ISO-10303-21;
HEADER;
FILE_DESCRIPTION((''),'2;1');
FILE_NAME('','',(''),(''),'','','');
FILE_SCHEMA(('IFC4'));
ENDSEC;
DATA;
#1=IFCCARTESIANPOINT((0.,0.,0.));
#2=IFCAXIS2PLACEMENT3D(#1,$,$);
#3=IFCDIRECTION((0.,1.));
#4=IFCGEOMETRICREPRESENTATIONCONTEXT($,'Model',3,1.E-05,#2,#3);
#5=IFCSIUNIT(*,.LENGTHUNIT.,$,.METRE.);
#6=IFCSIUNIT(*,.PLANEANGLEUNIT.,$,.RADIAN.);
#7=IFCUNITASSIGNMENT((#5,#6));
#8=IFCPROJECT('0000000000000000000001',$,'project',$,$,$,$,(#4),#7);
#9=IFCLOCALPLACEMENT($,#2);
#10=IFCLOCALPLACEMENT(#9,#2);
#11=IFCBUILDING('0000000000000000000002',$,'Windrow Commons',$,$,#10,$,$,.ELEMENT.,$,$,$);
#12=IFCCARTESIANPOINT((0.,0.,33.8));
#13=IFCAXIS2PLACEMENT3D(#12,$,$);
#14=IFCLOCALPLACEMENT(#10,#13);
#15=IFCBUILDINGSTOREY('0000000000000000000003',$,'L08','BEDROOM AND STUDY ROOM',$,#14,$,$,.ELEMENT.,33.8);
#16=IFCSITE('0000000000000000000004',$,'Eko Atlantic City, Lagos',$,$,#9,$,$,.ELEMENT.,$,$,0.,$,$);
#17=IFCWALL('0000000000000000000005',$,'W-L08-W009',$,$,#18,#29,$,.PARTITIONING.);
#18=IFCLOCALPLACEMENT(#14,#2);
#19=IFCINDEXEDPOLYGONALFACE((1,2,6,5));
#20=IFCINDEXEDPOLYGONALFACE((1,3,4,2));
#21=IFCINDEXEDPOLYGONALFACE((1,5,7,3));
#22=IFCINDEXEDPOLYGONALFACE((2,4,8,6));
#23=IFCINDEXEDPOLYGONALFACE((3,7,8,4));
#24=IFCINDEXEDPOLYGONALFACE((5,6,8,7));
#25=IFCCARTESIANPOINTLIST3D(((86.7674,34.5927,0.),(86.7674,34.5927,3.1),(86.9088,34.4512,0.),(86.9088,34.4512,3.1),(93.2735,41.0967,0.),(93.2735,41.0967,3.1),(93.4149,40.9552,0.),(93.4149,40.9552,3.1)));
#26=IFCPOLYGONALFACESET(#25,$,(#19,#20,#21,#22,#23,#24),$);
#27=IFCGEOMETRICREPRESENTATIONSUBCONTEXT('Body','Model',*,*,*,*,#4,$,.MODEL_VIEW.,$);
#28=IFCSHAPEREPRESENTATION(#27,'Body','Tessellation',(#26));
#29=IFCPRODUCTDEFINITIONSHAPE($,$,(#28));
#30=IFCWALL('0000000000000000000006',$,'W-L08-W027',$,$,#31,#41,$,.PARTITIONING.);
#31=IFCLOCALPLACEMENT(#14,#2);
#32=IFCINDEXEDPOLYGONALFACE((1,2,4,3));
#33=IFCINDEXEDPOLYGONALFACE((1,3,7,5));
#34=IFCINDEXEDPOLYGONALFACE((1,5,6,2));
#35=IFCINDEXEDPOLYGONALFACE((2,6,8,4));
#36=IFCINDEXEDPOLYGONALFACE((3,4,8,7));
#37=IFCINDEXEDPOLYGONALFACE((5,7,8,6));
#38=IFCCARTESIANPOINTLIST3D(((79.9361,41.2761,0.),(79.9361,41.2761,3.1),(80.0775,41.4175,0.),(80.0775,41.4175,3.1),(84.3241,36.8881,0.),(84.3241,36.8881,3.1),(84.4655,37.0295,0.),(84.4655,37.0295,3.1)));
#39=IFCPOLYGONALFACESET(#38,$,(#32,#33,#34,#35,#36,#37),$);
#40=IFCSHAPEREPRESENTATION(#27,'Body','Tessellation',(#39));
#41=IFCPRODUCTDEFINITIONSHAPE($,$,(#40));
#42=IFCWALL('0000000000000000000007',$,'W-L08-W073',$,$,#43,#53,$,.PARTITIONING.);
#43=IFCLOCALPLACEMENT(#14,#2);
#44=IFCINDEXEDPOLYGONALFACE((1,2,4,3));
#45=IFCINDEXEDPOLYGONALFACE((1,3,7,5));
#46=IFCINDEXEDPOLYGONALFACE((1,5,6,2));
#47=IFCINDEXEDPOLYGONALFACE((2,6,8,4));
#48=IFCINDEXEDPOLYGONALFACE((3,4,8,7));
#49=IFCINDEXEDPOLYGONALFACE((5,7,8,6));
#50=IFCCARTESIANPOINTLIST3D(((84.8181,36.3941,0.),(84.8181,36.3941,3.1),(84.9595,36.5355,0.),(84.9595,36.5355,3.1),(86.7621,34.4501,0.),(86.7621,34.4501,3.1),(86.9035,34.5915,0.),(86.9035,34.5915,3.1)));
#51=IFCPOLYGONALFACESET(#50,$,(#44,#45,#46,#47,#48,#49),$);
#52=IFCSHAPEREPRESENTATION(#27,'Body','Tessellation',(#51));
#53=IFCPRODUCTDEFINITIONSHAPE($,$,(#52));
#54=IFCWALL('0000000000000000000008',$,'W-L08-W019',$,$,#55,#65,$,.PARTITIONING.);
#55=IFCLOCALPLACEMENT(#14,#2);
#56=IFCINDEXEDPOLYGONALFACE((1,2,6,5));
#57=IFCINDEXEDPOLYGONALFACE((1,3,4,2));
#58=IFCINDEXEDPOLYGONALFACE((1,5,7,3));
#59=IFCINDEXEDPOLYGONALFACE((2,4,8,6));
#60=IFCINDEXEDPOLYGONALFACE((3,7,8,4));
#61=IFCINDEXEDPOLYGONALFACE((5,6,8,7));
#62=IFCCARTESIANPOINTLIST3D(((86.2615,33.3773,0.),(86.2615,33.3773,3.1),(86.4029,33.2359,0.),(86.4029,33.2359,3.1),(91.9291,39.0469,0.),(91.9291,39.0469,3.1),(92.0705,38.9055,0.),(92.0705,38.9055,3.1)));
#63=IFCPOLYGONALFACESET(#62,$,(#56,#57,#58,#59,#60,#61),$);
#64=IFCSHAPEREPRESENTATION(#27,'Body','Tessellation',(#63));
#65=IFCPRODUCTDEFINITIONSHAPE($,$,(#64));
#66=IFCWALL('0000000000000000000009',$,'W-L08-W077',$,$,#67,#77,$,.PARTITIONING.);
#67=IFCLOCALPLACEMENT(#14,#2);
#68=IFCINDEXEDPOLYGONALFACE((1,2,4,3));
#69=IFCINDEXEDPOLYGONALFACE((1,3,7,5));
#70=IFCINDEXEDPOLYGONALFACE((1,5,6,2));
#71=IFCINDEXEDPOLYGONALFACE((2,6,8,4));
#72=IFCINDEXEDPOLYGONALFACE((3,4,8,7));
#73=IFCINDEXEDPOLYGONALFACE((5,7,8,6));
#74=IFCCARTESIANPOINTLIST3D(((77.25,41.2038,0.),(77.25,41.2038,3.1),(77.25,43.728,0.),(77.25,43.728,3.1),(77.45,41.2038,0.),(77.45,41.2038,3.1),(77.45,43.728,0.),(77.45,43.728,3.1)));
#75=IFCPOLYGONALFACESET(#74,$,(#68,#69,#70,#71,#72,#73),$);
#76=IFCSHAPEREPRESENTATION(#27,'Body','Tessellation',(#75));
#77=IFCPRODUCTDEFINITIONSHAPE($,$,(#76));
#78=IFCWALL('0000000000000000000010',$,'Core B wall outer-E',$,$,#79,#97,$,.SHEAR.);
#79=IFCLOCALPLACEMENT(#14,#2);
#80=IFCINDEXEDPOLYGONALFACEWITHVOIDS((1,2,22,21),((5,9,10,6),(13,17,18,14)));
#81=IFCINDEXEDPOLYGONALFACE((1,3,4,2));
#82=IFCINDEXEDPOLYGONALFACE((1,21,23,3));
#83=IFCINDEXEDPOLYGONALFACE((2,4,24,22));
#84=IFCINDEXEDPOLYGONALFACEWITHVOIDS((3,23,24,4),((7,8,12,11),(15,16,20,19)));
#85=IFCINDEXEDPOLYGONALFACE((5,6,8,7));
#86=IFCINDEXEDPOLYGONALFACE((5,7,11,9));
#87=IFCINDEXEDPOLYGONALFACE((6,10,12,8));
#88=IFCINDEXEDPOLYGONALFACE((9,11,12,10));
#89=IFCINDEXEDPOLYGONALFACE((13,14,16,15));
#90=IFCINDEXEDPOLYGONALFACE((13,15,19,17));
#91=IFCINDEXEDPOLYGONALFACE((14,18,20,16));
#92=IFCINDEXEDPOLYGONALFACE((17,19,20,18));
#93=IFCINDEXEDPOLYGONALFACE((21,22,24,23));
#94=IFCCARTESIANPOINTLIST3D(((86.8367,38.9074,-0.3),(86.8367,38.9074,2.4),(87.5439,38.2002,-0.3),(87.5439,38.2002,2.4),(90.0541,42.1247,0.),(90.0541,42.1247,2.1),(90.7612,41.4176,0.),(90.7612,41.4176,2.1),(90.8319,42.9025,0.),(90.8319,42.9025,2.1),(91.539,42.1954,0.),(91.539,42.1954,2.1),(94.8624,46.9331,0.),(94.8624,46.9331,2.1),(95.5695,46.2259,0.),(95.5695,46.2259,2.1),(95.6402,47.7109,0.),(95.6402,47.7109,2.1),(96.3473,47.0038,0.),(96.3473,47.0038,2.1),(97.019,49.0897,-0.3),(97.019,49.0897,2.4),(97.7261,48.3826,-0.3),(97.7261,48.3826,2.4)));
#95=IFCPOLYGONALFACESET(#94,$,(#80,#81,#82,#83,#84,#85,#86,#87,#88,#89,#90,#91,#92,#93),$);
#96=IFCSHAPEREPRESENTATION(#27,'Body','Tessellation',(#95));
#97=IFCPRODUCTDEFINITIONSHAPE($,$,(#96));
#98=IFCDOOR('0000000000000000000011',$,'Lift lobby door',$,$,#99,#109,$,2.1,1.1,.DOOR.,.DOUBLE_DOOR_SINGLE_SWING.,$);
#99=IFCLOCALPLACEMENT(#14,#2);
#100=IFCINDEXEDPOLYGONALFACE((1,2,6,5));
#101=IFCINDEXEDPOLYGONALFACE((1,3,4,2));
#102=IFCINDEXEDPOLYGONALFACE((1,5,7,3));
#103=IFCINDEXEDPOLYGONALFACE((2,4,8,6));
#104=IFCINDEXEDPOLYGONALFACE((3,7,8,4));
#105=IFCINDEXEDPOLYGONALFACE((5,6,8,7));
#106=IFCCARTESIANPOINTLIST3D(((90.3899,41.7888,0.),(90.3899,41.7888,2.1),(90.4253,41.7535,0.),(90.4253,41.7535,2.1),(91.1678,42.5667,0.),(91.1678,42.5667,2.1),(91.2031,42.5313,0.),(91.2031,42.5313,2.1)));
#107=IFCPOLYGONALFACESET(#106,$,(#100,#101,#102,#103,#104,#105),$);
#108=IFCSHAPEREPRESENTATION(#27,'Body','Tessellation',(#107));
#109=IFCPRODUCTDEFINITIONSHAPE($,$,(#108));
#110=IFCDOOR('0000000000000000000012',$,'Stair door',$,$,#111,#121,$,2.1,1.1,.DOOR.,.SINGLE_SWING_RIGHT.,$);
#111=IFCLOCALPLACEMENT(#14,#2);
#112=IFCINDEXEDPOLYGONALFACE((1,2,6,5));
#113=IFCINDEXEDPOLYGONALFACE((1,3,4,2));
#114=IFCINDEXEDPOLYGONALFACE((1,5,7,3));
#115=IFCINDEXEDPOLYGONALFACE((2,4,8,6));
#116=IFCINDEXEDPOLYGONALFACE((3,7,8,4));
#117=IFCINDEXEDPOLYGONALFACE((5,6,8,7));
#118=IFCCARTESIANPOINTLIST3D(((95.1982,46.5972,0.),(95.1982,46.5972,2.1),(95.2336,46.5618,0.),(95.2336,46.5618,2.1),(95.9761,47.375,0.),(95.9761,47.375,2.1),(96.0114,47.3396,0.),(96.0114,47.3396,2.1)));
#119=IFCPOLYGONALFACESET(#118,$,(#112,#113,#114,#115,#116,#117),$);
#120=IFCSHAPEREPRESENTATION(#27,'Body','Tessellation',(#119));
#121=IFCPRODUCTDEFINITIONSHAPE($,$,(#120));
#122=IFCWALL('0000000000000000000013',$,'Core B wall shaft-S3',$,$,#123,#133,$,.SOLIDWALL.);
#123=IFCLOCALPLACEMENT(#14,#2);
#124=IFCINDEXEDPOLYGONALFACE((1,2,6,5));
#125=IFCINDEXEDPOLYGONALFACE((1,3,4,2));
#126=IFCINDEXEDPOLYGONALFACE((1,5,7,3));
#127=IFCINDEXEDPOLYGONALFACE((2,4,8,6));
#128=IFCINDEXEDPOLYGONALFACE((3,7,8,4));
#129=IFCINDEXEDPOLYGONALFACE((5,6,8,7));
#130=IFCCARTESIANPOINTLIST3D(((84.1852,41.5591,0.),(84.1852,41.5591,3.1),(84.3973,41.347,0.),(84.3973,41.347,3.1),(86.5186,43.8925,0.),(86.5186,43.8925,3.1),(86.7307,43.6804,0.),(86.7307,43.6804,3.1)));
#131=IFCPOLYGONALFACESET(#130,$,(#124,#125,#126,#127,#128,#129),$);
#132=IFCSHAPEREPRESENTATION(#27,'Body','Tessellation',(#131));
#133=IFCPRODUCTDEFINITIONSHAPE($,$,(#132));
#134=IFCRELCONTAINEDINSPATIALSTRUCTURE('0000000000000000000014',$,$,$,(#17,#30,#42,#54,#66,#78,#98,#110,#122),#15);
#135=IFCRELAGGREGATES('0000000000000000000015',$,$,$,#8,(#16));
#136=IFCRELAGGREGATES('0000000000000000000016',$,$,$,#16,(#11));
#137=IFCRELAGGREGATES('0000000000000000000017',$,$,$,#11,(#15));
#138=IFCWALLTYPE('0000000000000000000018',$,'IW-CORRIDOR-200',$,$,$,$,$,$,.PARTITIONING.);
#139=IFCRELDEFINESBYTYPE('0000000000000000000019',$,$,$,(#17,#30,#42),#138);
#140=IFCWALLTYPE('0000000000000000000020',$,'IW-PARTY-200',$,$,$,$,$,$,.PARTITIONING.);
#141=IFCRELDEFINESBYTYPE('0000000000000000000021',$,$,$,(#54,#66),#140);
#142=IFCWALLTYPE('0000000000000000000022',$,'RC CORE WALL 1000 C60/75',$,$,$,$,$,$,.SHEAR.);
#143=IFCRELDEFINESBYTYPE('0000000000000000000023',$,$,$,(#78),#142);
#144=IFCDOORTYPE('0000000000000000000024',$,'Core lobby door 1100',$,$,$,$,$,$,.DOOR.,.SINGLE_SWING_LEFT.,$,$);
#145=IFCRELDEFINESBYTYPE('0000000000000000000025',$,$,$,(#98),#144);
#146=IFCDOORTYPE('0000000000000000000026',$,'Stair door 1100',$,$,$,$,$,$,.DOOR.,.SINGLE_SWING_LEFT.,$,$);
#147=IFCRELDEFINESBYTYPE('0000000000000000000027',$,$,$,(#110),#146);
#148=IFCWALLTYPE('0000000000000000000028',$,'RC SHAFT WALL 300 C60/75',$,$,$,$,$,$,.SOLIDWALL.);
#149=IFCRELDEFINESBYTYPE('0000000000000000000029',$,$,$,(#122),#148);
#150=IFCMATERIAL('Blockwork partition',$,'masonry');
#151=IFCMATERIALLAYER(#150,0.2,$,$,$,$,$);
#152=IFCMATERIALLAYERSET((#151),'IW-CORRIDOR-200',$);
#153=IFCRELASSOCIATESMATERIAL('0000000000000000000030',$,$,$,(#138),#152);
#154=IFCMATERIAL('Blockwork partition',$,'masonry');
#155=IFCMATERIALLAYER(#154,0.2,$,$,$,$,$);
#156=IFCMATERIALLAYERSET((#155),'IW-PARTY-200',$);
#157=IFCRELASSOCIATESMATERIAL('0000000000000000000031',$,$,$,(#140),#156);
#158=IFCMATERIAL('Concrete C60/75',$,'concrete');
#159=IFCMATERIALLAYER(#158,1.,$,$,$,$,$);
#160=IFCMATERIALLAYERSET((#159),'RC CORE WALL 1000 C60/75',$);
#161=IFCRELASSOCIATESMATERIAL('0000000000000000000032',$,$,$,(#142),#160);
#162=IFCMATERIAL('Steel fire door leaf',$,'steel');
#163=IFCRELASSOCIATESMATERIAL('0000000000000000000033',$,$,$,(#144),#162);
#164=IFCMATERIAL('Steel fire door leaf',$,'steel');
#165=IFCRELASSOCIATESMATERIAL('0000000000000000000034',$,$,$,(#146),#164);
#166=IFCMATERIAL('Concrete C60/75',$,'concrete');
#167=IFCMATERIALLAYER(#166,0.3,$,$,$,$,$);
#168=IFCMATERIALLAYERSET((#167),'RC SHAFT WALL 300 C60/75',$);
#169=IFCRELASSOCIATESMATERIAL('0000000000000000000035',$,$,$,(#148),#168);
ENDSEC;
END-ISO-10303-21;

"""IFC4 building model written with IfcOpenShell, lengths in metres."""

from ifc_helpers import new_model, si_unit, direction, frame, frame_2d, origin, place, context, subcontext, project, spatial, rectangle, extrude, material, layer, layer_set, type_object, element, fill, save


model = new_model("IFC4")

# Units and contexts
model_context = context("Model", 3, precision=1e-05, world=origin(), true_north=direction((0.0, 1.0)))
body_context = subcontext(model_context, "Body", "Model", "MODEL_VIEW")
ifc_project = project(units=[si_unit("LENGTHUNIT", "METRE"), si_unit("PLANEANGLEUNIT", "RADIAN")], contexts=[model_context])

# Site, building, storey
site_placement = place(None, origin())
site = spatial("IfcSite", under=ifc_project, at=site_placement, Name="Eko Atlantic City, Lagos", CompositionType="ELEMENT", RefElevation=0.0)
building_placement = place(site_placement, origin())
building = spatial("IfcBuilding", under=site, at=building_placement, Name="Windrow Commons", CompositionType="ELEMENT")
storey_placement = place(building_placement, frame((0.0, 0.0, 33.8)))
storey = spatial("IfcBuildingStorey", under=building, at=storey_placement, Name="L08", Description="BEDROOM AND STUDY ROOM", CompositionType="ELEMENT", Elevation=33.8)

# Walls
ifc_material_1 = material(Name="Blockwork partition", Category="masonry")
ifc_layer_1 = layer(ifc_material_1, 0.2)
ifc_layer_set_1 = layer_set([ifc_layer_1], Name="IW-CORRIDOR-200")
wall_type_1 = type_object("IfcWallType", Name="IW-CORRIDOR-200", PredefinedType="PARTITIONING", material=ifc_layer_set_1)
wall_1_placement = place(storey_placement, frame((86.8381, 34.5219, 0.0), z_axis=(0.0, 0.0, 1.0), x_axis=(0.707215, 0.706998, 0.0)))
element("IfcWall", 1, at=wall_1_placement, inside=storey, type_object=wall_type_1, Name="W-L08-W009", PredefinedType="PARTITIONING", context=body_context, shape_type="SweptSolid", body=[
    extrude(rectangle(XDim=9.1995, YDim=0.2, at=frame_2d((4.5998, 0.0))), origin(), (0.0, 0.0, 1.0), 3.1),
])
wall_2_placement = place(storey_placement, frame((80.0068, 41.3468, 0.0), z_axis=(0.0, 0.0, 1.0), x_axis=(0.707107, -0.707107, 0.0)))
element("IfcWall", 2, at=wall_2_placement, inside=storey, type_object=wall_type_1, Name="W-L08-W027", PredefinedType="PARTITIONING", context=body_context, shape_type="SweptSolid", body=[
    extrude(rectangle(XDim=6.2056, YDim=0.2, at=frame_2d((3.1028, 0.0))), origin(), (0.0, 0.0, 1.0), 3.1),
])
wall_3_placement = place(storey_placement, frame((84.8888, 36.4648, 0.0), z_axis=(0.0, 0.0, 1.0), x_axis=(0.707107, -0.707107, 0.0)))
element("IfcWall", 3, at=wall_3_placement, inside=storey, type_object=wall_type_1, Name="W-L08-W073", PredefinedType="PARTITIONING", context=body_context, shape_type="SweptSolid", body=[
    extrude(rectangle(XDim=2.7492, YDim=0.2, at=frame_2d((1.3746, 0.0))), origin(), (0.0, 0.0, 1.0), 3.1),
])
ifc_material_2 = material(Name="Blockwork partition", Category="masonry")
ifc_layer_2 = layer(ifc_material_2, 0.2)
ifc_layer_set_2 = layer_set([ifc_layer_2], Name="IW-PARTY-200")
wall_type_2 = type_object("IfcWallType", Name="IW-PARTY-200", PredefinedType="PARTITIONING", material=ifc_layer_set_2)
wall_4_placement = place(storey_placement, frame((86.3322, 33.3066, 0.0), z_axis=(0.0, 0.0, 1.0), x_axis=(0.706982, 0.707232, 0.0)))
element("IfcWall", 4, at=wall_4_placement, inside=storey, type_object=wall_type_2, Name="W-L08-W019", PredefinedType="PARTITIONING", context=body_context, shape_type="SweptSolid", body=[
    extrude(rectangle(XDim=8.0166, YDim=0.2, at=frame_2d((4.0083, 0.0))), origin(), (0.0, 0.0, 1.0), 3.1),
])
wall_5_placement = place(storey_placement, frame((77.35, 41.2037, 0.0), z_axis=(0.0, 0.0, 1.0), x_axis=(0.0, 1.0, 0.0)))
element("IfcWall", 5, at=wall_5_placement, inside=storey, type_object=wall_type_2, Name="W-L08-W077", PredefinedType="PARTITIONING", context=body_context, shape_type="SweptSolid", body=[
    extrude(rectangle(XDim=2.5243, YDim=0.2, at=frame_2d((1.2622, 0.0))), origin(), (0.0, 0.0, 1.0), 3.1),
])

# Wall, openings, doors
ifc_material_3 = material(Name="Concrete C60/75", Category="concrete")
ifc_layer_3 = layer(ifc_material_3, 1.0)
ifc_layer_set_3 = layer_set([ifc_layer_3], Name="RC CORE WALL 1000 C60/75")
wall_type_3 = type_object("IfcWallType", Name="RC CORE WALL 1000 C60/75", PredefinedType="SHEAR", material=ifc_layer_set_3)
wall_6_placement = place(storey_placement, frame((87.1903, 38.5538, -0.3), z_axis=(0.0, 0.0, 1.0), x_axis=(0.707103, 0.70711, 0.0)))
wall_6 = element("IfcWall", 6, at=wall_6_placement, inside=storey, type_object=wall_type_3, Name="Core B wall outer-E", PredefinedType="SHEAR", context=body_context, shape_type="SweptSolid", body=[
    extrude(rectangle(XDim=14.4, YDim=1.0, at=frame_2d((7.2, 0.0))), origin(), (0.0, 0.0, 1.0), 2.7),
])
opening_1_placement = place(wall_6_placement, frame((4.55, 0.0, 0.3)))
opening_1 = element("IfcOpeningElement", 7, at=opening_1_placement, cuts=wall_6, PredefinedType="OPENING", context=body_context, shape_type="SweptSolid", body=[
    extrude(rectangle(XDim=1.1, YDim=2.1, at=frame_2d((0.55, 1.05))), frame((0.0, 0.51, 0.0), z_axis=(0.0, -1.0, 0.0), x_axis=(1.0, 0.0, 0.0)), (0.0, 0.0, 1.0), 1.02),
])
opening_2_placement = place(wall_6_placement, frame((11.35, 0.0, 0.3)))
opening_2 = element("IfcOpeningElement", 8, at=opening_2_placement, cuts=wall_6, PredefinedType="OPENING", context=body_context, shape_type="SweptSolid", body=[
    extrude(rectangle(XDim=1.1, YDim=2.1, at=frame_2d((0.55, 1.05))), frame((0.0, 0.51, 0.0), z_axis=(0.0, -1.0, 0.0), x_axis=(1.0, 0.0, 0.0)), (0.0, 0.0, 1.0), 1.02),
])
ifc_material_4 = material(Name="Steel fire door leaf", Category="steel")
door_type_1 = type_object("IfcDoorType", Name="Core lobby door 1100", OperationType="SINGLE_SWING_LEFT", PredefinedType="DOOR", material=ifc_material_4)
door_1_placement = place(opening_1_placement, origin())
door_1 = element("IfcDoor", 9, at=door_1_placement, inside=storey, type_object=door_type_1, Name="Lift lobby door", OperationType="DOUBLE_DOOR_SINGLE_SWING", OverallHeight=2.1, OverallWidth=1.1, PredefinedType="DOOR", context=body_context, shape_type="SweptSolid", body=[
    extrude(rectangle(XDim=1.1, YDim=2.1, at=frame_2d((0.55, 1.05))), frame((0.0, 0.025, 0.0), z_axis=(0.0, -1.0, 0.0), x_axis=(1.0, 0.0, 0.0)), (0.0, 0.0, 1.0), 0.05),
])
fill(opening_1, door_1)
ifc_material_5 = material(Name="Steel fire door leaf", Category="steel")
door_type_2 = type_object("IfcDoorType", Name="Stair door 1100", OperationType="SINGLE_SWING_LEFT", PredefinedType="DOOR", material=ifc_material_5)
door_2_placement = place(opening_2_placement, origin())
door_2 = element("IfcDoor", 10, at=door_2_placement, inside=storey, type_object=door_type_2, Name="Stair door", OperationType="SINGLE_SWING_RIGHT", OverallHeight=2.1, OverallWidth=1.1, PredefinedType="DOOR", context=body_context, shape_type="SweptSolid", body=[
    extrude(rectangle(XDim=1.1, YDim=2.1, at=frame_2d((0.55, 1.05))), frame((0.0, 0.025, 0.0), z_axis=(0.0, -1.0, 0.0), x_axis=(1.0, 0.0, 0.0)), (0.0, 0.0, 1.0), 0.05),
])
fill(opening_2, door_2)

# Wall
ifc_material_6 = material(Name="Concrete C60/75", Category="concrete")
ifc_layer_4 = layer(ifc_material_6, 0.3)
ifc_layer_set_4 = layer_set([ifc_layer_4], Name="RC SHAFT WALL 300 C60/75")
wall_type_4 = type_object("IfcWallType", Name="RC SHAFT WALL 300 C60/75", PredefinedType="SOLIDWALL", material=ifc_layer_set_4)
wall_7_placement = place(storey_placement, frame((84.2912, 41.453, 0.0), z_axis=(0.0, 0.0, 1.0), x_axis=(0.707107, 0.707107, 0.0)))
element("IfcWall", 11, at=wall_7_placement, inside=storey, type_object=wall_type_4, Name="Core B wall shaft-S3", PredefinedType="SOLIDWALL", context=body_context, shape_type="SweptSolid", body=[
    extrude(rectangle(XDim=3.2999, YDim=0.3, at=frame_2d((1.65, 0.0))), origin(), (0.0, 0.0, 1.0), 3.1),
])

save(model, "model.ifc")
